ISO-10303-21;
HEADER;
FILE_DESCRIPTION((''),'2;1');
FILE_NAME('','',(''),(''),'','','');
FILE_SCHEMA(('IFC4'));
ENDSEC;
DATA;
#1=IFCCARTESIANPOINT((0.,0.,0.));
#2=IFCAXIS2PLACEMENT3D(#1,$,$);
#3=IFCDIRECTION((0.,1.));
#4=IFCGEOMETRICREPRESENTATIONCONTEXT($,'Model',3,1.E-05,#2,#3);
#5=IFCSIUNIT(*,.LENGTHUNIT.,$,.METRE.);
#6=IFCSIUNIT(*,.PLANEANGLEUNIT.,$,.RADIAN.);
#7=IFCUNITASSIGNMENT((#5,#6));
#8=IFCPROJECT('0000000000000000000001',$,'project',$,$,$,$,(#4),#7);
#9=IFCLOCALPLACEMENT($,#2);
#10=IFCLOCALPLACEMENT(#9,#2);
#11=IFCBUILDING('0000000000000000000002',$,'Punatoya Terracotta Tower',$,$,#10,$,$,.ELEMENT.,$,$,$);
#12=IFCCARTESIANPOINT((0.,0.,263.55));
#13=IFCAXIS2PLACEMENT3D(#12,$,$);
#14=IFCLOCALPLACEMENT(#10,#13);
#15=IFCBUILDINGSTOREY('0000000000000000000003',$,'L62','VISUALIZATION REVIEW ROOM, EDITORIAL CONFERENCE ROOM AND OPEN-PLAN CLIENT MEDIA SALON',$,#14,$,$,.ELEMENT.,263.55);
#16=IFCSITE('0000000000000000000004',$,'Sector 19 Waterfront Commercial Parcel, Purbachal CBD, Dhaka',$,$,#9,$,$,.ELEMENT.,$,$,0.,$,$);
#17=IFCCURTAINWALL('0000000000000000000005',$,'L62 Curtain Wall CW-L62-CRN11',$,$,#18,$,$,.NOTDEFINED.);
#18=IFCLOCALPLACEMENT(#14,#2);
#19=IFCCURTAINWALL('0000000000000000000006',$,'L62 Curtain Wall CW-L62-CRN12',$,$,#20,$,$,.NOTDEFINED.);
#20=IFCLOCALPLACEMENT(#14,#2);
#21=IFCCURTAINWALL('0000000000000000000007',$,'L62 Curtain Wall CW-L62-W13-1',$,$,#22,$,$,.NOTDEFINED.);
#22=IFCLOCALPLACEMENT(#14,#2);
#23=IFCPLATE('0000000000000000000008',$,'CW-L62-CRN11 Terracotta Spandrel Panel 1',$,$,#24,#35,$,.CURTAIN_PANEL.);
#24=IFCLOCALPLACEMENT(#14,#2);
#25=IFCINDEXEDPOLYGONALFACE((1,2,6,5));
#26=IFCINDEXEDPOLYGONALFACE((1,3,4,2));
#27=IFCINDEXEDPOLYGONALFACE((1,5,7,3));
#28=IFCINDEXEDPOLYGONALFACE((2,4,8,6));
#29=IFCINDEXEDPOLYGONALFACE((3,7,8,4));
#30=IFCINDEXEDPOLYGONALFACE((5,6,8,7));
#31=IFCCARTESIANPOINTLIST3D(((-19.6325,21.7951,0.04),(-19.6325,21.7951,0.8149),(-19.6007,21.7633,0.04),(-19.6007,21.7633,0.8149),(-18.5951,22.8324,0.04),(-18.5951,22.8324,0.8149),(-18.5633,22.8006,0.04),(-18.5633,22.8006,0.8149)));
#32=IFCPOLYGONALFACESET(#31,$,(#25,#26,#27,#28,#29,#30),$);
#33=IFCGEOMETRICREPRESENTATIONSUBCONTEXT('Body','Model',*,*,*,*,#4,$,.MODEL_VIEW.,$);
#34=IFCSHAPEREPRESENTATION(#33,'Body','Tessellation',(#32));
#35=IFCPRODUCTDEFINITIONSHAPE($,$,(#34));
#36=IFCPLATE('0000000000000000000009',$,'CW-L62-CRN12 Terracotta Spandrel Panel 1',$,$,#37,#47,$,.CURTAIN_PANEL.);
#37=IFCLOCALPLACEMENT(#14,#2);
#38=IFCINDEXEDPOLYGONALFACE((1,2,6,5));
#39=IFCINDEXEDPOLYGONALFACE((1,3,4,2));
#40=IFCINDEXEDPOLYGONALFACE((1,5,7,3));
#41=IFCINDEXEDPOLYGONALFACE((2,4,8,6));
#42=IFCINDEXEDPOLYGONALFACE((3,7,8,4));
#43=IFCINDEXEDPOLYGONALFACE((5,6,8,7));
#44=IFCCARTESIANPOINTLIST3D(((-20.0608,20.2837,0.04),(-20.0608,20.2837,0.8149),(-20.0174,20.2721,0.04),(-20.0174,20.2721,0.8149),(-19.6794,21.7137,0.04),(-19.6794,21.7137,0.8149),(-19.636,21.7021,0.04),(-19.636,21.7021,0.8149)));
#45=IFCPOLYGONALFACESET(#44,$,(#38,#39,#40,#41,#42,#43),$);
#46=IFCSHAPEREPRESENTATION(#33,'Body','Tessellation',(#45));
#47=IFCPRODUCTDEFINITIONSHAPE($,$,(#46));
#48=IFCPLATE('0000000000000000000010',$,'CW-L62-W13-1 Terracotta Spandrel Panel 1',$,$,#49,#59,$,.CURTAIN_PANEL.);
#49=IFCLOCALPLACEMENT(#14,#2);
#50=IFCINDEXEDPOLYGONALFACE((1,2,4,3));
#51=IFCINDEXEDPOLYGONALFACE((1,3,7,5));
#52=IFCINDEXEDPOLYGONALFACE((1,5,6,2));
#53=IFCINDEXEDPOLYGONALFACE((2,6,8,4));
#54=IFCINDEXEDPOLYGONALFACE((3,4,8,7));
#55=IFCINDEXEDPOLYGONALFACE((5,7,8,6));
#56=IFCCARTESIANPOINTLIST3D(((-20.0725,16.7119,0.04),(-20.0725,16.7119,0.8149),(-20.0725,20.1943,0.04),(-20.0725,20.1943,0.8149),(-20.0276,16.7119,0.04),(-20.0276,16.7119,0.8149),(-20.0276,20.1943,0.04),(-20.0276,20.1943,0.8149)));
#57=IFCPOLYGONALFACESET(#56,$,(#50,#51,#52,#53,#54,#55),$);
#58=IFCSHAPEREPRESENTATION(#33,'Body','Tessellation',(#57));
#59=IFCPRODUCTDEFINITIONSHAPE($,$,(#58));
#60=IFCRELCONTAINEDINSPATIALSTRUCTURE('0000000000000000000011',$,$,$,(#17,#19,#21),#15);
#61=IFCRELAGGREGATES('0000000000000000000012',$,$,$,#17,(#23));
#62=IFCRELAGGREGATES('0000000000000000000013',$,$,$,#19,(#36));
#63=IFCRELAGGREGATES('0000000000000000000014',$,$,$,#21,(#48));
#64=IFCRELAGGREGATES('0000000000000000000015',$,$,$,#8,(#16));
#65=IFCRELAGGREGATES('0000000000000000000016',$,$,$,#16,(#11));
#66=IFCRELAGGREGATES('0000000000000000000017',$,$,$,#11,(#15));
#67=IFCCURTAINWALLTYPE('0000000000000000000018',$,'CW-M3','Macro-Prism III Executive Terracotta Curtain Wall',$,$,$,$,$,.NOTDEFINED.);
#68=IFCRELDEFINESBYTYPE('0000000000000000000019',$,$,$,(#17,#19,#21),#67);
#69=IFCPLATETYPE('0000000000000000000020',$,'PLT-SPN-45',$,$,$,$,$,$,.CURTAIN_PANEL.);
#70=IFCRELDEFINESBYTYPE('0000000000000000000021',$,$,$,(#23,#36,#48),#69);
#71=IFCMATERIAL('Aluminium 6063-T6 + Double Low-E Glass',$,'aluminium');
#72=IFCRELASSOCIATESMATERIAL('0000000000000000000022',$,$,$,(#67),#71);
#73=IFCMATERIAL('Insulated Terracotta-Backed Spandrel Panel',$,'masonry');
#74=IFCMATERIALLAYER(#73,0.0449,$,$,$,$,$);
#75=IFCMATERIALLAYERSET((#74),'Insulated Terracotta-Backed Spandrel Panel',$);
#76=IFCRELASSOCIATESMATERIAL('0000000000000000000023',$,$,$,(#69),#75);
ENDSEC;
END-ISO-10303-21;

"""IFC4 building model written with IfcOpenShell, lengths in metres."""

from ifc_helpers import new_model, si_unit, direction, frame, origin, origin_2d, place, context, subcontext, project, spatial, rectangle, extrude, material, layer, layer_set, type_object, element, aggregate, save


model = new_model("IFC4")

# Units and contexts
model_context = context("Model", 3, precision=1e-05, world=origin(), true_north=direction((0.0, 1.0)))
body_context = subcontext(model_context, "Body", "Model", "MODEL_VIEW")
ifc_project = project(units=[si_unit("LENGTHUNIT", "METRE"), si_unit("PLANEANGLEUNIT", "RADIAN")], contexts=[model_context])

# Site, building, storey
site_placement = place(None, origin())
site = spatial("IfcSite", under=ifc_project, at=site_placement, Name="Sector 19 Waterfront Commercial Parcel, Purbachal CBD, Dhaka", CompositionType="ELEMENT", RefElevation=0.0)
building_placement = place(site_placement, origin())
building = spatial("IfcBuilding", under=site, at=building_placement, Name="Punatoya Terracotta Tower", CompositionType="ELEMENT")
storey_placement = place(building_placement, frame((0.0, 0.0, 263.55)))
storey = spatial("IfcBuildingStorey", under=building, at=storey_placement, Name="L62", Description="VISUALIZATION REVIEW ROOM, EDITORIAL CONFERENCE ROOM AND OPEN-PLAN CLIENT MEDIA SALON", CompositionType="ELEMENT", Elevation=263.55)

# Shared definitions
ifc_material_1 = material(Name="Aluminium 6063-T6 + Double Low-E Glass", Category="aluminium")
curtain_wall_type = type_object("IfcCurtainWallType", Name="CW-M3", Description="Macro-Prism III Executive Terracotta Curtain Wall", PredefinedType="NOTDEFINED", material=ifc_material_1)

# Curtain walls
curtain_wall_1_placement = place(storey_placement, origin())
curtain_wall_1 = element("IfcCurtainWall", 1, at=curtain_wall_1_placement, inside=storey, type_object=curtain_wall_type, Name="L62 Curtain Wall CW-L62-CRN11", PredefinedType="NOTDEFINED")
curtain_wall_2_placement = place(storey_placement, origin())
curtain_wall_2 = element("IfcCurtainWall", 2, at=curtain_wall_2_placement, inside=storey, type_object=curtain_wall_type, Name="L62 Curtain Wall CW-L62-CRN12", PredefinedType="NOTDEFINED")
curtain_wall_3_placement = place(storey_placement, origin())
curtain_wall_3 = element("IfcCurtainWall", 3, at=curtain_wall_3_placement, inside=storey, type_object=curtain_wall_type, Name="L62 Curtain Wall CW-L62-W13-1", PredefinedType="NOTDEFINED")

# Plates
ifc_material_2 = material(Name="Insulated Terracotta-Backed Spandrel Panel", Category="masonry")
ifc_layer_1 = layer(ifc_material_2, 0.0449)
ifc_layer_set_1 = layer_set([ifc_layer_1], Name="Insulated Terracotta-Backed Spandrel Panel")
plate_type_1 = type_object("IfcPlateType", Name="PLT-SPN-45", PredefinedType="CURTAIN_PANEL", material=ifc_layer_set_1)
plate_1_placement = place(storey_placement, frame((-19.0979, 22.2979, 0.04), z_axis=(0.0, 0.0, 1.0), x_axis=(-0.707107, -0.707107, 0.0)))
plate_1 = element("IfcPlate", 4, at=plate_1_placement, type_object=plate_type_1, Name="CW-L62-CRN11 Terracotta Spandrel Panel 1", PredefinedType="CURTAIN_PANEL", context=body_context, shape_type="SweptSolid", body=[
    extrude(rectangle(XDim=1.467, YDim=0.0449, at=origin_2d()), origin(), (0.0, 0.0, 1.0), 0.7749),
])
aggregate(curtain_wall_1, [plate_1])
plate_2_placement = place(storey_placement, frame((-19.8484, 20.9929, 0.04), z_axis=(0.0, 0.0, 1.0), x_axis=(-0.257742, -0.966214, 0.0)))
plate_2 = element("IfcPlate", 5, at=plate_2_placement, type_object=plate_type_1, Name="CW-L62-CRN12 Terracotta Spandrel Panel 1", PredefinedType="CURTAIN_PANEL", context=body_context, shape_type="SweptSolid", body=[
    extrude(rectangle(XDim=1.48, YDim=0.0449, at=origin_2d()), origin(), (0.0, 0.0, 1.0), 0.7749),
])
aggregate(curtain_wall_2, [plate_2])
plate_3_placement = place(storey_placement, frame((-20.05, 18.4531, 0.04), z_axis=(0.0, 0.0, 1.0), x_axis=(0.0, -1.0, 0.0)))
plate_3 = element("IfcPlate", 6, at=plate_3_placement, type_object=plate_type_1, Name="CW-L62-W13-1 Terracotta Spandrel Panel 1", PredefinedType="CURTAIN_PANEL", context=body_context, shape_type="SweptSolid", body=[
    extrude(rectangle(XDim=3.4824, YDim=0.0449, at=origin_2d()), origin(), (0.0, 0.0, 1.0), 0.7749),
])
aggregate(curtain_wall_3, [plate_3])

save(model, "model.ifc")
